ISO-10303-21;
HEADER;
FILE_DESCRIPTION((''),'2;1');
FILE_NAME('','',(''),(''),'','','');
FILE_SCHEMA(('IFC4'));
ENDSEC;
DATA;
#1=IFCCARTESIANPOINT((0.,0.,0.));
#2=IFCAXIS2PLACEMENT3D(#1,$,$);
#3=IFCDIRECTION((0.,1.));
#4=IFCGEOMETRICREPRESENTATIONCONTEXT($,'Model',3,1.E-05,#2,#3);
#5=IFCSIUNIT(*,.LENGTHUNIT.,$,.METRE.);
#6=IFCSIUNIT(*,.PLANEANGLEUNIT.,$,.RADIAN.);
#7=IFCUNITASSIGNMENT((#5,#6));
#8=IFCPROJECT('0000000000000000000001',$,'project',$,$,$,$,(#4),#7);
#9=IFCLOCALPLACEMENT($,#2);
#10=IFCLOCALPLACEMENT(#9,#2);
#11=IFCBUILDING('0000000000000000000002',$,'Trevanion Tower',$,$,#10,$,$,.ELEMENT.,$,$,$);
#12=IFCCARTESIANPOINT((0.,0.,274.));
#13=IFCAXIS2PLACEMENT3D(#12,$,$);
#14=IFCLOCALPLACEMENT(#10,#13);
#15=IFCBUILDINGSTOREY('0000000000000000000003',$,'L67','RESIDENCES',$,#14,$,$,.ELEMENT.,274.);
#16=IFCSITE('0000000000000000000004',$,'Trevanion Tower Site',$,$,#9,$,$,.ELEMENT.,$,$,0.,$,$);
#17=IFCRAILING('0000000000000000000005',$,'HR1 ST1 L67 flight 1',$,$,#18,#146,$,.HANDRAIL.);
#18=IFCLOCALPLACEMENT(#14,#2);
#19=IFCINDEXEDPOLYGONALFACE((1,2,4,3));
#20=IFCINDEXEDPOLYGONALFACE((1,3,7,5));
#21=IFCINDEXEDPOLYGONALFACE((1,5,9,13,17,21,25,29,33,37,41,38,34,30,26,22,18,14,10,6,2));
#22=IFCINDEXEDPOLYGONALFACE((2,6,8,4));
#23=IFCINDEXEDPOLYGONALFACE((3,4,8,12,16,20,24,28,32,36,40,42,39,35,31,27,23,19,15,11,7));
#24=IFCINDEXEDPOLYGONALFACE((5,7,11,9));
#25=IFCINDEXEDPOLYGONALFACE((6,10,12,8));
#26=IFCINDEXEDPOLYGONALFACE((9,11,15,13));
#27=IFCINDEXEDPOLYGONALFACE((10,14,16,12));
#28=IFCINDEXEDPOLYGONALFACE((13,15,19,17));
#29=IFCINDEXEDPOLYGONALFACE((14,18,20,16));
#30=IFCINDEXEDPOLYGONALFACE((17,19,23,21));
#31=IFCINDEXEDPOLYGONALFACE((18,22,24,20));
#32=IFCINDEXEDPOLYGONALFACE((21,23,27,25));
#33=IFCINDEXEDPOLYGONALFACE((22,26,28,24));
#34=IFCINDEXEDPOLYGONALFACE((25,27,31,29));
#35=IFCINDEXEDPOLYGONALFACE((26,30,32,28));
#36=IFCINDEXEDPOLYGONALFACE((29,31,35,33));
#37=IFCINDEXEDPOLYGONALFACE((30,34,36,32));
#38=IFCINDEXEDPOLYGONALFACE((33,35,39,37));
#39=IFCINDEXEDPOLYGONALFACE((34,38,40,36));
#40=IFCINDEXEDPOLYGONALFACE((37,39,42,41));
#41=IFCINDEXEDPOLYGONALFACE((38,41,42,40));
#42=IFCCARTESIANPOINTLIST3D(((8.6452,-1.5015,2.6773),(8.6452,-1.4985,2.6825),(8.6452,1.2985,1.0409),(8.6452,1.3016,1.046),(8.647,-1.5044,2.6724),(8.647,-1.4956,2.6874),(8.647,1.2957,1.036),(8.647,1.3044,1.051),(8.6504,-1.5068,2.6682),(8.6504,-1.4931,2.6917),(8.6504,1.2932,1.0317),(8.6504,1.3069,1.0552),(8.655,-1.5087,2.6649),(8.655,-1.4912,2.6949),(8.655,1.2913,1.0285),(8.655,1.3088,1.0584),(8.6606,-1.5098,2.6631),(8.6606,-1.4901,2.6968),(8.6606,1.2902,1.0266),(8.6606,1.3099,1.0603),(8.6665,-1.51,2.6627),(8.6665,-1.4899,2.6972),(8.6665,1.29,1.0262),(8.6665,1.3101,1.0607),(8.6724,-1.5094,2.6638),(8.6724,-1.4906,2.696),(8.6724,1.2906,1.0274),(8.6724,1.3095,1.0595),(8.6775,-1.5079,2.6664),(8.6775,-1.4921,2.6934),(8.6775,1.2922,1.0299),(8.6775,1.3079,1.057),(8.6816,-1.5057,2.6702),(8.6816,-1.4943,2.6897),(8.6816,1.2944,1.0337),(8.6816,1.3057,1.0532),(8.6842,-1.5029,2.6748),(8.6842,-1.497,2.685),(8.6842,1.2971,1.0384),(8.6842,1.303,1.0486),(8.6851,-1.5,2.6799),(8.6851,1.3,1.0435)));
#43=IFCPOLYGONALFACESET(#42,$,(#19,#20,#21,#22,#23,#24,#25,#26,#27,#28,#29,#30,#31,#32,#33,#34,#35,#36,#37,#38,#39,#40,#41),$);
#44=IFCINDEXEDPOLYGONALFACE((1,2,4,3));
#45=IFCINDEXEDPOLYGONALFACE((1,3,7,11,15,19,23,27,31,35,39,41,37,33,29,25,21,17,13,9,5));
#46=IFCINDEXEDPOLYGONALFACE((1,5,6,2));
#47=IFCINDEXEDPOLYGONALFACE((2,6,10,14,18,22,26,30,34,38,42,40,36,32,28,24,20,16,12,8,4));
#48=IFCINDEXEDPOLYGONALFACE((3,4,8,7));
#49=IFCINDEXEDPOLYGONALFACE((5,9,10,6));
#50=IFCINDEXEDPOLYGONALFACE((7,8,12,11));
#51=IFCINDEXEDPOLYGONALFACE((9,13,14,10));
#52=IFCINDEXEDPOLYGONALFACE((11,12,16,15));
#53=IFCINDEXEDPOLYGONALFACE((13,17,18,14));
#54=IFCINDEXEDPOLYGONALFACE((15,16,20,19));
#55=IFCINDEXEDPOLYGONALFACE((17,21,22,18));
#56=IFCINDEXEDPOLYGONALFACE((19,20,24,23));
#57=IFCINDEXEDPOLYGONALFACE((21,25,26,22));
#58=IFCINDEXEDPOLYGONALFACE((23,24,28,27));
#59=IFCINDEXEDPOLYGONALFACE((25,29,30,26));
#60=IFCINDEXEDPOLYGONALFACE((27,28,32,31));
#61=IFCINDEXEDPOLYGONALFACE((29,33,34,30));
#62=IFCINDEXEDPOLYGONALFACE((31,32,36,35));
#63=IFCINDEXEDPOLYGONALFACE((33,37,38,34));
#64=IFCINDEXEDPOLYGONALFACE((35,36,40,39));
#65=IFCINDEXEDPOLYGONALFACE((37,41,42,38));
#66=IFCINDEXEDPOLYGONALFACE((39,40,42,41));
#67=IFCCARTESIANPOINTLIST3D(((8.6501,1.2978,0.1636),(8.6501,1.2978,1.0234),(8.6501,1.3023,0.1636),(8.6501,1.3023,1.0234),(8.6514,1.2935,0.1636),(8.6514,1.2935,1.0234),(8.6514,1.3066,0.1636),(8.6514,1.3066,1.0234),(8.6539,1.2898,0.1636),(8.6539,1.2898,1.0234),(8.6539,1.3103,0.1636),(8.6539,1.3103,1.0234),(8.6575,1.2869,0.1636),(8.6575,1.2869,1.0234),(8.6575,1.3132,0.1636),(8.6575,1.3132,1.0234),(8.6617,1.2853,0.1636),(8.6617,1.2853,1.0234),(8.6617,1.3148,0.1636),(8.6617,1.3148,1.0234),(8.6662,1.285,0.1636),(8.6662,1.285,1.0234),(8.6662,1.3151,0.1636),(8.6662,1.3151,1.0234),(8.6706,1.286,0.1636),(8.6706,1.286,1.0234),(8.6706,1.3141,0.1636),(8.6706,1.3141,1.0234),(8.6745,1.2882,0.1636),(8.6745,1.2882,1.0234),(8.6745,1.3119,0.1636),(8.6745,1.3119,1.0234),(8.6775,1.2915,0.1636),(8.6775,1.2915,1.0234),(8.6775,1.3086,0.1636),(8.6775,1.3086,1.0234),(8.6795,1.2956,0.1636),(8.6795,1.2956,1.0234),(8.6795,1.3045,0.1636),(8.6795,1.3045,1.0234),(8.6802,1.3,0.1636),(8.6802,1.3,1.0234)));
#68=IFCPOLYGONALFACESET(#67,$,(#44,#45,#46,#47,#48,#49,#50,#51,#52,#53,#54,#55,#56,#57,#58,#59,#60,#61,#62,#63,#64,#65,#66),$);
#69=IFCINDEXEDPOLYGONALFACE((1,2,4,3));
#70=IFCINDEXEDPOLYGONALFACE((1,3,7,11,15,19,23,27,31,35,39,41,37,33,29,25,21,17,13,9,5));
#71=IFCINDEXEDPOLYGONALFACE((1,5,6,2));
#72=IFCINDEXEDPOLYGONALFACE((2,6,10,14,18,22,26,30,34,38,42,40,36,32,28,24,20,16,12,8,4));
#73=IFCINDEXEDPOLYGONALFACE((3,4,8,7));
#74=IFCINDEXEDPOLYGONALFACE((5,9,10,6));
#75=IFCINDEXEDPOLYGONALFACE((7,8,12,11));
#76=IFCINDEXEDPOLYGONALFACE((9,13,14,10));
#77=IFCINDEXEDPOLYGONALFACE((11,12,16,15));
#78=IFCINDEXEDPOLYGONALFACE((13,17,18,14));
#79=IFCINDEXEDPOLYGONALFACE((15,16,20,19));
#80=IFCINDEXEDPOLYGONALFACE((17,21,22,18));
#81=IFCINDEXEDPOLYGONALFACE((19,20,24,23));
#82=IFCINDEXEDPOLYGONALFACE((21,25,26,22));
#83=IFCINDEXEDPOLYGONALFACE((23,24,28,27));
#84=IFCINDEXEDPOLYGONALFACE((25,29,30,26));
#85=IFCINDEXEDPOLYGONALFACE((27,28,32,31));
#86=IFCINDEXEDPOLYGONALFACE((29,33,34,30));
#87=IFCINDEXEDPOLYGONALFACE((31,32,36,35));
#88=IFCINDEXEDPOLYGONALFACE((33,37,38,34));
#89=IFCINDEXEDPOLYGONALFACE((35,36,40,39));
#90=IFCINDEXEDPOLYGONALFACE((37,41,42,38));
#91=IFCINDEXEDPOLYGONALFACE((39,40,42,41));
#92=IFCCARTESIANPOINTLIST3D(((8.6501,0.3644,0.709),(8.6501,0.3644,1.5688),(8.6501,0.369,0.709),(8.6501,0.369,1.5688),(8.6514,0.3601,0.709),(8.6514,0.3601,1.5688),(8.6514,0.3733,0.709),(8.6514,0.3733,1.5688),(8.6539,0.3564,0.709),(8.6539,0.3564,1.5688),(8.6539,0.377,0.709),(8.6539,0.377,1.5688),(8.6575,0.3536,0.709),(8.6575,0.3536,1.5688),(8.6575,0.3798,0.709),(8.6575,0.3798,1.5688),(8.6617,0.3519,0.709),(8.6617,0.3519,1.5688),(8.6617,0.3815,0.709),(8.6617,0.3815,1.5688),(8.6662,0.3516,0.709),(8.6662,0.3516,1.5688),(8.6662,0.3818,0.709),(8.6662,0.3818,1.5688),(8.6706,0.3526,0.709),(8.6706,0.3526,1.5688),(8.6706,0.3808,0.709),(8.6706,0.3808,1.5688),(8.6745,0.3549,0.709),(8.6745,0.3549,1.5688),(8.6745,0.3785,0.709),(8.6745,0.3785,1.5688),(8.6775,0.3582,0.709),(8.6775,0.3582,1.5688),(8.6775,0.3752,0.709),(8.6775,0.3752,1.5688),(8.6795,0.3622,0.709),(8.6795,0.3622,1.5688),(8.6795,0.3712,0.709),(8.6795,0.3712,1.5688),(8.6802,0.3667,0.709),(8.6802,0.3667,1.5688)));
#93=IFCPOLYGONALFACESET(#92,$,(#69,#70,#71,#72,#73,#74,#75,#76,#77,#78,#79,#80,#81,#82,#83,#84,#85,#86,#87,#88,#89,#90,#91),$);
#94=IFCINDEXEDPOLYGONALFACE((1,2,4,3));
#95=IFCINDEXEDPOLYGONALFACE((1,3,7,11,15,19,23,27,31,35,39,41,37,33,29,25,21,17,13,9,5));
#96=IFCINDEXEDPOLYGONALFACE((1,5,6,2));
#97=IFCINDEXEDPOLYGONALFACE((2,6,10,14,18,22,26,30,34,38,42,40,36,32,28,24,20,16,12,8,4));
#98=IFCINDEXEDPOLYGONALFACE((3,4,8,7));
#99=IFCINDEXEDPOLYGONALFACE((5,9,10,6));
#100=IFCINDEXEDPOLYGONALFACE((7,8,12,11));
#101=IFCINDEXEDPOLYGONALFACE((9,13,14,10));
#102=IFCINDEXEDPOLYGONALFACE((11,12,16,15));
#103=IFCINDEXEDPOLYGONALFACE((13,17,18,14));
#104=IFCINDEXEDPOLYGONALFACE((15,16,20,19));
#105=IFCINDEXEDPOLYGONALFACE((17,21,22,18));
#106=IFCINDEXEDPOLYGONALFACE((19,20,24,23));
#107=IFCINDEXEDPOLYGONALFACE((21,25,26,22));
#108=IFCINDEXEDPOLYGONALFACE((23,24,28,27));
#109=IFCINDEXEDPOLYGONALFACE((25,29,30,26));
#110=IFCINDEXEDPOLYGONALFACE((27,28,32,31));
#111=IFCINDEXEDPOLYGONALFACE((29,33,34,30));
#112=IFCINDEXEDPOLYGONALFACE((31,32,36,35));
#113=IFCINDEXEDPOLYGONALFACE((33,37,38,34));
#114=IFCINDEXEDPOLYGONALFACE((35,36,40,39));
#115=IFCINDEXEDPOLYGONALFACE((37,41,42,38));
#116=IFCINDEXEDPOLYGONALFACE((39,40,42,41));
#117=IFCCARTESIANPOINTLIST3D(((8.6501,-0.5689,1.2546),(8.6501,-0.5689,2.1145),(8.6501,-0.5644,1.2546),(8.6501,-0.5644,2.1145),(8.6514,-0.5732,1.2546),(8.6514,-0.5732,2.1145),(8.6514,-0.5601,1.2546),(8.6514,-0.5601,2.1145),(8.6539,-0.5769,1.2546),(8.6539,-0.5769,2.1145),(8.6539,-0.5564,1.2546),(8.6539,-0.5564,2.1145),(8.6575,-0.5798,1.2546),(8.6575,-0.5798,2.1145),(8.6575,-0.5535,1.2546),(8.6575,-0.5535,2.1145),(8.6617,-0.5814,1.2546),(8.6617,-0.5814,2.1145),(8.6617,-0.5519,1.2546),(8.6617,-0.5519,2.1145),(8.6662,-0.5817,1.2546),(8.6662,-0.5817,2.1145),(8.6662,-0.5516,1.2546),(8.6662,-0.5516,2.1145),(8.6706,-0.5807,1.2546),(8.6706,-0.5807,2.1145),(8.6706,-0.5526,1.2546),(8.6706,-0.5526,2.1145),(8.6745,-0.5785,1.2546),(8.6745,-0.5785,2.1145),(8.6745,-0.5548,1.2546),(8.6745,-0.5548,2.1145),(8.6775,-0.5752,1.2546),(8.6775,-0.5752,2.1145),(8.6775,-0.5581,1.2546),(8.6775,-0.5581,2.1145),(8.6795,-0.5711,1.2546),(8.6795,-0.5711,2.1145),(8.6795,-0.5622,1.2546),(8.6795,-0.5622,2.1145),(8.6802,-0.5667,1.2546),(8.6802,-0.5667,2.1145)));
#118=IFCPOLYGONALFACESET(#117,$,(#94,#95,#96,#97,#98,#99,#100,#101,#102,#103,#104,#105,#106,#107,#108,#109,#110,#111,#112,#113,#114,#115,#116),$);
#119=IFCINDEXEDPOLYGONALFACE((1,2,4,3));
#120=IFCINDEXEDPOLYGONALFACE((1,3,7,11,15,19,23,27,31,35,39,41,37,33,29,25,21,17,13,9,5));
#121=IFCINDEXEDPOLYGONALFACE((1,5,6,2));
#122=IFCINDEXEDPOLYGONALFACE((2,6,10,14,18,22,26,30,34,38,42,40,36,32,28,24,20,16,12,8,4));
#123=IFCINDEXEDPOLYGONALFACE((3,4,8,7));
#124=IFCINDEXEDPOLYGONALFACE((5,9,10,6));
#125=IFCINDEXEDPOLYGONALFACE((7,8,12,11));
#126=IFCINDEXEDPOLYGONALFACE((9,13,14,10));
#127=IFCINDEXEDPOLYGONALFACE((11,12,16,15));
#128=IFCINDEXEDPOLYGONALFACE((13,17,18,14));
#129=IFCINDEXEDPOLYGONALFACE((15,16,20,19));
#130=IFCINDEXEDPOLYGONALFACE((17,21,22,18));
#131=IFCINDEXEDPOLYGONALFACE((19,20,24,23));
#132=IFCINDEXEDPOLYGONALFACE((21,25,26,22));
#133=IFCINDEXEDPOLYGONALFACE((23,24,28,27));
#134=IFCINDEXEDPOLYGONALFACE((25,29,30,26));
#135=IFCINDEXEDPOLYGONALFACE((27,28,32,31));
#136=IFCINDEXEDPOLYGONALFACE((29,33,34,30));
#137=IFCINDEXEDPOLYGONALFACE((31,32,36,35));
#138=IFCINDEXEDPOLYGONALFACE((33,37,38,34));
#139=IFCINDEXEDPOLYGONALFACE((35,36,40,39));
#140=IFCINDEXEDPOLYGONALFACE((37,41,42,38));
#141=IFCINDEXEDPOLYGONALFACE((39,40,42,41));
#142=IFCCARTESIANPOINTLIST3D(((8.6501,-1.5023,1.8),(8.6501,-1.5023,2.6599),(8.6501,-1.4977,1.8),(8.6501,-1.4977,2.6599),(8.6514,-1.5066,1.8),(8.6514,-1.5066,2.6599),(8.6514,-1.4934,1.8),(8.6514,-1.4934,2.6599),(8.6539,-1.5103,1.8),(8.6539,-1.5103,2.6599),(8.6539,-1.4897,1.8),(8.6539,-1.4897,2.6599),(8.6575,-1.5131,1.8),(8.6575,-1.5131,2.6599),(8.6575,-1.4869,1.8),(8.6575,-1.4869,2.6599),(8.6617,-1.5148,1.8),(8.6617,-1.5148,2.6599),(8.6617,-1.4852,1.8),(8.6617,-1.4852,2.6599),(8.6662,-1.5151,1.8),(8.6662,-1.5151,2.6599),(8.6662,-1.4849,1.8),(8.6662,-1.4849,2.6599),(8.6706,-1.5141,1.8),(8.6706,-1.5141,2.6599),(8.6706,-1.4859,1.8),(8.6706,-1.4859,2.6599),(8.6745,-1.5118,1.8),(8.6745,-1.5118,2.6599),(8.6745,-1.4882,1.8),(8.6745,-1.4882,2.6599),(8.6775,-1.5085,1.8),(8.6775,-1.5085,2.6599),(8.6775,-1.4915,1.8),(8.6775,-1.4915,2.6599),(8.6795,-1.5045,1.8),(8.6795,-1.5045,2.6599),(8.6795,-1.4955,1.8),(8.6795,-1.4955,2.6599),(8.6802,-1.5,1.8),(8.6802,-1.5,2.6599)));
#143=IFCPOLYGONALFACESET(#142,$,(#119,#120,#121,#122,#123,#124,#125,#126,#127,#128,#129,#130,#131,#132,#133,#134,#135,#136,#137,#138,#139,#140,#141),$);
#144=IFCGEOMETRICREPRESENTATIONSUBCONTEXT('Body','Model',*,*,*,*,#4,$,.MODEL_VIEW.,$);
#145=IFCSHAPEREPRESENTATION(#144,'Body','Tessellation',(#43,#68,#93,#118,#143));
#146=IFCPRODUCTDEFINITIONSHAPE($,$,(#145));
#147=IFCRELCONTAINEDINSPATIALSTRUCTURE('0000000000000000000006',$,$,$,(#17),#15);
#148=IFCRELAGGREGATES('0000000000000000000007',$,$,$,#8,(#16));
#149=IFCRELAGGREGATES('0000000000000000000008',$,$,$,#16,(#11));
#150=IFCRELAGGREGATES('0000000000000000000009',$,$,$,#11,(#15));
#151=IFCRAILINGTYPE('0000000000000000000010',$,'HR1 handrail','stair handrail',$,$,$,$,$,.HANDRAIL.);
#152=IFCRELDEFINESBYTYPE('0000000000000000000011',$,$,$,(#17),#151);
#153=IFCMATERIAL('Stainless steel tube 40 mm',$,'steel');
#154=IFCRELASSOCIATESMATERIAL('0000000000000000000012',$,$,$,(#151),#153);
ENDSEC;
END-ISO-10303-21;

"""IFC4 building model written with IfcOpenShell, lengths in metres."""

from ifc_helpers import new_model, si_unit, direction, frame, origin, origin_2d, place, context, subcontext, project, spatial, circle, extrude, material, type_object, element, save


model = new_model("IFC4")

# Units and contexts
model_context = context("Model", 3, precision=1e-05, world=origin(), true_north=direction((0.0, 1.0)))
body_context = subcontext(model_context, "Body", "Model", "MODEL_VIEW")
ifc_project = project(units=[si_unit("LENGTHUNIT", "METRE"), si_unit("PLANEANGLEUNIT", "RADIAN")], contexts=[model_context])

# Site, building, storey
site_placement = place(None, origin())
site = spatial("IfcSite", under=ifc_project, at=site_placement, Name="Trevanion Tower Site", CompositionType="ELEMENT", RefElevation=0.0)
building_placement = place(site_placement, origin())
building = spatial("IfcBuilding", under=site, at=building_placement, Name="Trevanion Tower", CompositionType="ELEMENT")
storey_placement = place(building_placement, frame((0.0, 0.0, 274.0)))
storey = spatial("IfcBuildingStorey", under=building, at=storey_placement, Name="L67", Description="RESIDENCES", CompositionType="ELEMENT", Elevation=274.0)

# Railing
ifc_material_1 = material(Name="Stainless steel tube 40 mm", Category="steel")
railing_type = type_object("IfcRailingType", Name="HR1 handrail", Description="stair handrail", PredefinedType="HANDRAIL", material=ifc_material_1)
for number, where, name in (
    (1, (8.665, 1.3, 0.1636), "HR1 ST1 L67 flight 1"),
):
    element("IfcRailing", number, at=place(storey_placement, frame(where)), inside=storey, type_object=railing_type, Name=name, PredefinedType="HANDRAIL", context=body_context, shape_type="SweptSolid", body=[
        extrude(circle(Radius=0.02, at=origin_2d()), frame((0.0, 0.0, 0.8799), z_axis=(0.0, -0.863361, 0.504587), x_axis=(1.0, 0.0, 0.0)), (0.0, 0.0, 1.0), 3.2432),
        extrude(circle(Radius=0.0151, at=origin_2d()), origin(), (0.0, 0.0, 1.0), 0.8599),
        extrude(circle(Radius=0.0151, at=origin_2d()), frame((0.0, -0.9333, 0.5454)), (0.0, 0.0, 1.0), 0.8599),
        extrude(circle(Radius=0.0151, at=origin_2d()), frame((0.0, -1.8667, 1.0911)), (0.0, 0.0, 1.0), 0.8599),
        extrude(circle(Radius=0.0151, at=origin_2d()), frame((0.0, -2.8, 1.6365)), (0.0, 0.0, 1.0), 0.8599),
    ])

save(model, "model.ifc")
